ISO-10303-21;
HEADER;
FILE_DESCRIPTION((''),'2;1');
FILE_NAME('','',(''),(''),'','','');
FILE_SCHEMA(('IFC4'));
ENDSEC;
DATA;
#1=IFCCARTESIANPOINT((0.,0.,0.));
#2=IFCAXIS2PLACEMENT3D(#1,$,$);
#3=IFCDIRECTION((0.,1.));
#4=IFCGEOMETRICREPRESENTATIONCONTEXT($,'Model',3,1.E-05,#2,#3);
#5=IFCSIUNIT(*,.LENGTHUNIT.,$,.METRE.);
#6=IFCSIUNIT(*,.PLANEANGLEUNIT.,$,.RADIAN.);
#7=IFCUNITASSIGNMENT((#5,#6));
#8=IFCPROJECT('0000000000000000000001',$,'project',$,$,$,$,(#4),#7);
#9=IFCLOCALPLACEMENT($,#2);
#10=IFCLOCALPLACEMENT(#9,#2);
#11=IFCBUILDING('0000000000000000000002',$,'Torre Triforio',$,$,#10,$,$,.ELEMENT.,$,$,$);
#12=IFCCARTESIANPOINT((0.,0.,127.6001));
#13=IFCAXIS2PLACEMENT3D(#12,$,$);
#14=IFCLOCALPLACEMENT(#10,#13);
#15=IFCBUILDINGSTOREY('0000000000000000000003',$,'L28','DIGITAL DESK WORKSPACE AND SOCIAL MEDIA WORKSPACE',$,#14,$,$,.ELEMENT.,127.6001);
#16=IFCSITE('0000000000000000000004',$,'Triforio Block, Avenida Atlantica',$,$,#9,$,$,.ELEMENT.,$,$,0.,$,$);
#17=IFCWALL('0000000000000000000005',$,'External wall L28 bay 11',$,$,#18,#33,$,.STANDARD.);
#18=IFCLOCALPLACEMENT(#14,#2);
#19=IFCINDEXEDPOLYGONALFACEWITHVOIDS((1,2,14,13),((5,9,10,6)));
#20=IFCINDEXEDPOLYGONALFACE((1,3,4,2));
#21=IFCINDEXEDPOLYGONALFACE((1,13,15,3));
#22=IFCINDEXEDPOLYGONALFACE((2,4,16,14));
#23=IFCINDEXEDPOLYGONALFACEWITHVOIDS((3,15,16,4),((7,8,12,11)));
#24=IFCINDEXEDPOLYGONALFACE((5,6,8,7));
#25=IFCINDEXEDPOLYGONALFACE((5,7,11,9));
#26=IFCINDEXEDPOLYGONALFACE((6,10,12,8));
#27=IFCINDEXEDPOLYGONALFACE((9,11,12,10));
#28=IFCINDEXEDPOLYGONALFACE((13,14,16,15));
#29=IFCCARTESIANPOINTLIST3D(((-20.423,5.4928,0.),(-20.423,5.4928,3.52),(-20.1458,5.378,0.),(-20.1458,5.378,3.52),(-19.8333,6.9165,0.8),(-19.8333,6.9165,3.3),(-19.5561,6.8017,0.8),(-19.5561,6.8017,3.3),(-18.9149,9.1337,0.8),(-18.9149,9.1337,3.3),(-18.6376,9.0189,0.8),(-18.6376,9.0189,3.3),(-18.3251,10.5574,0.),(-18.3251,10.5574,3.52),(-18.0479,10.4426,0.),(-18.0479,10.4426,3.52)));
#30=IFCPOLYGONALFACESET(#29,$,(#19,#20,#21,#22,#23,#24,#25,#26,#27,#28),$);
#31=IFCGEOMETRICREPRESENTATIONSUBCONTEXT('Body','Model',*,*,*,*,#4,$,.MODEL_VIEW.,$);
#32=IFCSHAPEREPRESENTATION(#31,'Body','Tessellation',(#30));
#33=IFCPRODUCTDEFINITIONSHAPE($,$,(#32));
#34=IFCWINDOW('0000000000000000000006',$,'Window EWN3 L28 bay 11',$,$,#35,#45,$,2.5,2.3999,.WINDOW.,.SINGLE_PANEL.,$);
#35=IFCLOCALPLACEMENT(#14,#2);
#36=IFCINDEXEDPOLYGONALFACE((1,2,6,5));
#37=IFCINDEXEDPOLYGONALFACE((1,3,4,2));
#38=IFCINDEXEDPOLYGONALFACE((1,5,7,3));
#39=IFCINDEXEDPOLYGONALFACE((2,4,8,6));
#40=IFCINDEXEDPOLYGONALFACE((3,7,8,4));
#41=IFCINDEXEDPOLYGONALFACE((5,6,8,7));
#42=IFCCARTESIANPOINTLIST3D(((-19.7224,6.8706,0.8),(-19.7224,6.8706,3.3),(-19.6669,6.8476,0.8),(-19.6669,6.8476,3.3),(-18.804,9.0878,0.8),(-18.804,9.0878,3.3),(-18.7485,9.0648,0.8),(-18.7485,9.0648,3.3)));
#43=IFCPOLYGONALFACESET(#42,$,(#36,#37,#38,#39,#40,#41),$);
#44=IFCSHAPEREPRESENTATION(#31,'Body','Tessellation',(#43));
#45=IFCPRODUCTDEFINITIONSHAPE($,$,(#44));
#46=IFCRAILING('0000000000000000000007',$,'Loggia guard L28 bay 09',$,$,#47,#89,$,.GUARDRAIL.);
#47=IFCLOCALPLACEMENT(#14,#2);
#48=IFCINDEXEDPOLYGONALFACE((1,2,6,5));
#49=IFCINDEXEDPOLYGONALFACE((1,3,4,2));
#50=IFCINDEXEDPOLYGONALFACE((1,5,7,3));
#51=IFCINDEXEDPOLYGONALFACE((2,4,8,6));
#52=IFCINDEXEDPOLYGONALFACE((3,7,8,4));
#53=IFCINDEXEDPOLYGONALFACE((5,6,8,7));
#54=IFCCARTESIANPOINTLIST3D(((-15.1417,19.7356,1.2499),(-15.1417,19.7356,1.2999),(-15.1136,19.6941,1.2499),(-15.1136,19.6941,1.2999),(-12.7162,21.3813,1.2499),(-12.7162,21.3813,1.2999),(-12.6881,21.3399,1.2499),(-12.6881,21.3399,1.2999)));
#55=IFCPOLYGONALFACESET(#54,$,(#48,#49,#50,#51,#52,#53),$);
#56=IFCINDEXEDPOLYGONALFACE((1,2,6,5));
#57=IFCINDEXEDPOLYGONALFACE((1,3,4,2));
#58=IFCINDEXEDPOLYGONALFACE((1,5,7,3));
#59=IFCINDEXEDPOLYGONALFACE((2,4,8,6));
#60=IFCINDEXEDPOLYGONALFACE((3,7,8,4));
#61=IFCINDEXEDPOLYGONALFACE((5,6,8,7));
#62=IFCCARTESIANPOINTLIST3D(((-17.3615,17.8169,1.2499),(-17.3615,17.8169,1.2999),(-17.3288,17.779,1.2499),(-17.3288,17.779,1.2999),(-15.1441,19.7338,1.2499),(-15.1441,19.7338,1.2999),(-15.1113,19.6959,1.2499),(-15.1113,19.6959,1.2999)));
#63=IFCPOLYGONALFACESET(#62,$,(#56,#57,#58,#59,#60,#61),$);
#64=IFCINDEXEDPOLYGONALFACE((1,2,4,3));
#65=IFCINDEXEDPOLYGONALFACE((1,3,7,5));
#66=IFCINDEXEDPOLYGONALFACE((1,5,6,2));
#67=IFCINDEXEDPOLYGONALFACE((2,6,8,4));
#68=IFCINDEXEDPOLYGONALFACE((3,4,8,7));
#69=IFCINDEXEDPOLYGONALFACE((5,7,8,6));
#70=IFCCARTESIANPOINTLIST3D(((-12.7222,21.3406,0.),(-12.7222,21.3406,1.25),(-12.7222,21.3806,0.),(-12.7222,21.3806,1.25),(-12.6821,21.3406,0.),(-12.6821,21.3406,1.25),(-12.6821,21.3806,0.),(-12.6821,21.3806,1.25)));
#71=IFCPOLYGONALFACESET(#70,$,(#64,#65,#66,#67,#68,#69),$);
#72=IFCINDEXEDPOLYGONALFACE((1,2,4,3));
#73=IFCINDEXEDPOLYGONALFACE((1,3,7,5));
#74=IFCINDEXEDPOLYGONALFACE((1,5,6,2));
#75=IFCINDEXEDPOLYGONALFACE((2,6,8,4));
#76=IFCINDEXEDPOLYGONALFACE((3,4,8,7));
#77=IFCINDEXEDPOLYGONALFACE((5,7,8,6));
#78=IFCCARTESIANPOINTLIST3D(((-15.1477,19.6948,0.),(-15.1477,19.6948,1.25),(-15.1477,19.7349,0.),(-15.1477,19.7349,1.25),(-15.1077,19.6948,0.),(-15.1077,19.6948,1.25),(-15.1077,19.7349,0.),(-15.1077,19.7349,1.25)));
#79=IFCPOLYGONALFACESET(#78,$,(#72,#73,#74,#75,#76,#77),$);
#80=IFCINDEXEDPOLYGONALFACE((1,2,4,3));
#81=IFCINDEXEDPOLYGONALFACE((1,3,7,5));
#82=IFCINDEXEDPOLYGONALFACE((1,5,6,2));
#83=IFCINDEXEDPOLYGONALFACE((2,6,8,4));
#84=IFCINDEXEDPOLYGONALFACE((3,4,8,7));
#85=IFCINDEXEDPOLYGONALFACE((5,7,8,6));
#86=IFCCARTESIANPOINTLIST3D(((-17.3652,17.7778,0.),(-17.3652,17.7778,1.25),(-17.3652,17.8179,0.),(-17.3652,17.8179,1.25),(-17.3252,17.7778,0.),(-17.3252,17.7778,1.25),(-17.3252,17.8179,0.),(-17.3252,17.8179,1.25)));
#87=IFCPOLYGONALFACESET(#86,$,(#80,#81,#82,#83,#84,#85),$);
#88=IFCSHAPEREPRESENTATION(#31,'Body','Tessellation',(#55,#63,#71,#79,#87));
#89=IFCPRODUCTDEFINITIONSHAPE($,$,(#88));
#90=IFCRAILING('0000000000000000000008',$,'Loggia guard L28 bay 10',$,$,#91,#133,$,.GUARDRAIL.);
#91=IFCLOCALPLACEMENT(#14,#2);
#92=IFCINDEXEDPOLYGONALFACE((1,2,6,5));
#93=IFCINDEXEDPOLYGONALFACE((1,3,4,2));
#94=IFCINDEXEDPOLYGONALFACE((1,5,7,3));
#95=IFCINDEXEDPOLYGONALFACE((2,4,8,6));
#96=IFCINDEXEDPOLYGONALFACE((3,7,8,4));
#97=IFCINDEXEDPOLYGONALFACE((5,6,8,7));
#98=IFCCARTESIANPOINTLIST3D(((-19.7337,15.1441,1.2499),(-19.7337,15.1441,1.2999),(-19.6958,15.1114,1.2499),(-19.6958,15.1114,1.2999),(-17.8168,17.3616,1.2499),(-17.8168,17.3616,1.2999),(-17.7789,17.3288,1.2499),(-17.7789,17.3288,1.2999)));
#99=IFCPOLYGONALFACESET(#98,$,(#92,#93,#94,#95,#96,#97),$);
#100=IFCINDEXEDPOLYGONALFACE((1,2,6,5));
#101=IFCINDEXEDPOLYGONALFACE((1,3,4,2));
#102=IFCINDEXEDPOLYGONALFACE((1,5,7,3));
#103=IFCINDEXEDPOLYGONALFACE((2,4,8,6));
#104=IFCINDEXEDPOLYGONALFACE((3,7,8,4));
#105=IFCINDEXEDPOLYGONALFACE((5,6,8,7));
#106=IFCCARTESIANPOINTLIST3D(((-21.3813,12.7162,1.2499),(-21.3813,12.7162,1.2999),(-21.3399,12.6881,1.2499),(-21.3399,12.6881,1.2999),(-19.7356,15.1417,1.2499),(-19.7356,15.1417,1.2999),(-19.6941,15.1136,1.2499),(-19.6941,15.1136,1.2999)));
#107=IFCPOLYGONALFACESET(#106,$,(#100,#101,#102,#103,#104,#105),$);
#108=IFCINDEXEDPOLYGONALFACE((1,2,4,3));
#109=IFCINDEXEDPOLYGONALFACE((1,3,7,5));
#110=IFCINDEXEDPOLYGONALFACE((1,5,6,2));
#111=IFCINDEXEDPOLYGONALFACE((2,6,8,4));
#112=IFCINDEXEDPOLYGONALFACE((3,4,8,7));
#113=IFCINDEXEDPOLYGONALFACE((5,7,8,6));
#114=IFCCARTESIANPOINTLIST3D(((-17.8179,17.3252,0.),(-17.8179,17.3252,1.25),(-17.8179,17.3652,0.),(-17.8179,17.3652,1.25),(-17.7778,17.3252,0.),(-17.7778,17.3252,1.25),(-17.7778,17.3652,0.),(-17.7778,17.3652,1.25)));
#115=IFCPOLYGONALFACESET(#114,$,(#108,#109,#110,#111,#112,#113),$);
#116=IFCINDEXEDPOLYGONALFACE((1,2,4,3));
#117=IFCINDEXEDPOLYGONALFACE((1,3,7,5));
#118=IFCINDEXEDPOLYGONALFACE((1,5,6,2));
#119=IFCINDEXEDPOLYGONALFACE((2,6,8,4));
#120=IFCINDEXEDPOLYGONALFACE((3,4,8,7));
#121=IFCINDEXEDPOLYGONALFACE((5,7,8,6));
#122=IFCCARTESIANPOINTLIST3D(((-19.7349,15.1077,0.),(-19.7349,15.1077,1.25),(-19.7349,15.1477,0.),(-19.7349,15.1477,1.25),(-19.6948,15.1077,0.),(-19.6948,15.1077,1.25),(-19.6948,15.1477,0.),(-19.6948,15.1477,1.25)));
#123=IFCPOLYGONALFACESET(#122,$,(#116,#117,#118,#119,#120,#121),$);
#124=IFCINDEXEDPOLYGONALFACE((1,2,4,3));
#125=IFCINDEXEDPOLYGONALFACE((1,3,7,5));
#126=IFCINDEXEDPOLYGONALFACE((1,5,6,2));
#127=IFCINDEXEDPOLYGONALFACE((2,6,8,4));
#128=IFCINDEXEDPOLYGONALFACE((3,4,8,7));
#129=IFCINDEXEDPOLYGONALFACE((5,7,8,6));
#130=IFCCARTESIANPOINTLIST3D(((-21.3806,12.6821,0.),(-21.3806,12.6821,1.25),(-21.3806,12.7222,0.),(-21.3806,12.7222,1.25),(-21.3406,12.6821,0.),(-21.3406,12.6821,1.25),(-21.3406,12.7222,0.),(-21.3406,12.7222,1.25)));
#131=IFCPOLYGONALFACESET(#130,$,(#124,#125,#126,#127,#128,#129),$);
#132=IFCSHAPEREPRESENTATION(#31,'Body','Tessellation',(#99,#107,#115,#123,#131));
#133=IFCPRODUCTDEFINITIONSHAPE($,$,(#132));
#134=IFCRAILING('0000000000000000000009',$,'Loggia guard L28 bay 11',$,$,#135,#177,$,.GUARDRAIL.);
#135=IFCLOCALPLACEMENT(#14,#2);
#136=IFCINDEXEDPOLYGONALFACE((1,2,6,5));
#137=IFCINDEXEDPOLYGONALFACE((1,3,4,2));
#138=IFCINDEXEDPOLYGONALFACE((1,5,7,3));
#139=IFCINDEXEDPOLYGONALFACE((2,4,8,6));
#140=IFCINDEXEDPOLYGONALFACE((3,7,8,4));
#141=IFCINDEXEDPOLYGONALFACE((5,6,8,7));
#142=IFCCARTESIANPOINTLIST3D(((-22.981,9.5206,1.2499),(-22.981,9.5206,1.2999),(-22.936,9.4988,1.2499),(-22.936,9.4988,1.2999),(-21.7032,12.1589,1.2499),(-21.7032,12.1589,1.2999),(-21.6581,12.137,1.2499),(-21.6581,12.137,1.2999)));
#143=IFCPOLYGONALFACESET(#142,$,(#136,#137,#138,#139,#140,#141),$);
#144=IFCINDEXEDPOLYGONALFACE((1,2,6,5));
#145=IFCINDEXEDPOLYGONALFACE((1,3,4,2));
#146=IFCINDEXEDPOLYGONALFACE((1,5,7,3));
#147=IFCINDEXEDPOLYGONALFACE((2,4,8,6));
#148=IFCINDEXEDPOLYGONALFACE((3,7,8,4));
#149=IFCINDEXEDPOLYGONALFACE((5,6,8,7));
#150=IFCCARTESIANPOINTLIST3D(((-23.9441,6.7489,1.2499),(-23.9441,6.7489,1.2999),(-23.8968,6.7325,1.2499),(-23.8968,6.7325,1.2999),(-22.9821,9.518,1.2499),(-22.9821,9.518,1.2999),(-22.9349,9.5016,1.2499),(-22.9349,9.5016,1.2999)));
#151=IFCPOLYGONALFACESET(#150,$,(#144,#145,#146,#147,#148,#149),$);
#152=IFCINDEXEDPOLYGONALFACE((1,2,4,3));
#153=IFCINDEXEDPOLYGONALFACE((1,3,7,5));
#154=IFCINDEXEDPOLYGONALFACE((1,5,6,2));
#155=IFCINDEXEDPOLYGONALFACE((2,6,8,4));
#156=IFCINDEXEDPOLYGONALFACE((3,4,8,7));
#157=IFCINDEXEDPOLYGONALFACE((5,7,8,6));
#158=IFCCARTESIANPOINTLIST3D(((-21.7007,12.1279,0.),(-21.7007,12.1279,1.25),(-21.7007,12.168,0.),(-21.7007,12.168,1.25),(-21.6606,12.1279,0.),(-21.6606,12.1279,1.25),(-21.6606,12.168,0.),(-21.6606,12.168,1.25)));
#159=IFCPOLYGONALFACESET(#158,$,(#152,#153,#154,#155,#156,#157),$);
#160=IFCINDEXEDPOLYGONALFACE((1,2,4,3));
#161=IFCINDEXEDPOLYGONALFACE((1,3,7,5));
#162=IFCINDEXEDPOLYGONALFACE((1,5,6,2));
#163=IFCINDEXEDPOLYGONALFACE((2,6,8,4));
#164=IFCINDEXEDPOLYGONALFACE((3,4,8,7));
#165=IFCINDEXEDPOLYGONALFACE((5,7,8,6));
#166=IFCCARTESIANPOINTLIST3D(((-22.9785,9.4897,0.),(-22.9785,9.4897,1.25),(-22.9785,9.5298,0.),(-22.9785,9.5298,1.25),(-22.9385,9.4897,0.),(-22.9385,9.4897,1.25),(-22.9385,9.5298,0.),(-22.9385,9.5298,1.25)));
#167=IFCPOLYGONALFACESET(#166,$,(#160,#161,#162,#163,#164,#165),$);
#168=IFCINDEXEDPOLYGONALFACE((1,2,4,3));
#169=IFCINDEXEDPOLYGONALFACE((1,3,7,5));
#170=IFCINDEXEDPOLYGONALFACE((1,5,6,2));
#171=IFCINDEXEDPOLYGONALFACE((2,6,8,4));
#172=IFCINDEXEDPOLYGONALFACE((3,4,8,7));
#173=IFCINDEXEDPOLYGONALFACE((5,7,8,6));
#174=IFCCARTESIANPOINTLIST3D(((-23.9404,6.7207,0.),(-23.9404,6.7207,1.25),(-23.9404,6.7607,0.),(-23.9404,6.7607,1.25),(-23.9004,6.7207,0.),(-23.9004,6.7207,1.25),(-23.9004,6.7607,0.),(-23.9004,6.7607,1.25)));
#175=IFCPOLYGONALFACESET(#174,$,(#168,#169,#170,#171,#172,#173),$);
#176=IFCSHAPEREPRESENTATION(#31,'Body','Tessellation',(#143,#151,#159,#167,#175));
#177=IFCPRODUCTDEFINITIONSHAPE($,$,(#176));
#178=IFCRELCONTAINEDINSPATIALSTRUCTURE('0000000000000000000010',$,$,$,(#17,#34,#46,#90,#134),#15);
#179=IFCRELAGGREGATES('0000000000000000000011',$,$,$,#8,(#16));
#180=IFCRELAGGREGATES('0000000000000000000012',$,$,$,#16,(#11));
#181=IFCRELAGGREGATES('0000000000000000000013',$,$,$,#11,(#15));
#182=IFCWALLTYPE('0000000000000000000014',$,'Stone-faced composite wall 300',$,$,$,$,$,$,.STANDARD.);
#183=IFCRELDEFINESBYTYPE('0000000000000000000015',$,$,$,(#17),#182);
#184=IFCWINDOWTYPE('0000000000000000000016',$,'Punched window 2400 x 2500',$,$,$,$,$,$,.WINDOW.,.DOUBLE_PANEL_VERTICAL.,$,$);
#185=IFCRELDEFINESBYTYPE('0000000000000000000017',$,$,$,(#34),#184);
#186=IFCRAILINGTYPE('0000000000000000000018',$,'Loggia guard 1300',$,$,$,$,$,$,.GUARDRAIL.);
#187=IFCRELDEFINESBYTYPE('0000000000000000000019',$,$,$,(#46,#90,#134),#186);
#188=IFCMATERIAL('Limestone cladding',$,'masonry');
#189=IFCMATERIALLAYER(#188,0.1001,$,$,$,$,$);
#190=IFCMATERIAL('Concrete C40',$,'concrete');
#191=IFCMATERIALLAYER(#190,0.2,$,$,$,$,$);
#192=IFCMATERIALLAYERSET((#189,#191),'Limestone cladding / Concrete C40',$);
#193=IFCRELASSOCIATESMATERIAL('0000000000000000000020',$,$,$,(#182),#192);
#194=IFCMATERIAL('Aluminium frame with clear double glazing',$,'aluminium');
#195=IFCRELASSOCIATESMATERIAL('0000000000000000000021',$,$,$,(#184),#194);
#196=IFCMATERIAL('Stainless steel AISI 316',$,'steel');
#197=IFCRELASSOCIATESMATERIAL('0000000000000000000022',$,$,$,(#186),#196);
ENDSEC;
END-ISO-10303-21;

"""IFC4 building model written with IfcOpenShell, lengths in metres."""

from ifc_helpers import new_model, si_unit, direction, frame, frame_2d, origin, origin_2d, place, context, subcontext, project, spatial, rectangle, extrude, material, layer, layer_set, type_object, element, fill, save


model = new_model("IFC4")

# Units and contexts
model_context = context("Model", 3, precision=1e-05, world=origin(), true_north=direction((0.0, 1.0)))
body_context = subcontext(model_context, "Body", "Model", "MODEL_VIEW")
ifc_project = project(units=[si_unit("LENGTHUNIT", "METRE"), si_unit("PLANEANGLEUNIT", "RADIAN")], contexts=[model_context])

# Site, building, storey
site_placement = place(None, origin())
site = spatial("IfcSite", under=ifc_project, at=site_placement, Name="Triforio Block, Avenida Atlantica", CompositionType="ELEMENT", RefElevation=0.0)
building_placement = place(site_placement, origin())
building = spatial("IfcBuilding", under=site, at=building_placement, Name="Torre Triforio", CompositionType="ELEMENT")
storey_placement = place(building_placement, frame((0.0, 0.0, 127.6001)))
storey = spatial("IfcBuildingStorey", under=building, at=storey_placement, Name="L28", Description="DIGITAL DESK WORKSPACE AND SOCIAL MEDIA WORKSPACE", CompositionType="ELEMENT", Elevation=127.6001)

# Shared definitions
ifc_material_1 = material(Name="Limestone cladding", Category="masonry")
ifc_material_2 = material(Name="Concrete C40", Category="concrete")

# Shared definitions
ifc_layer_1 = layer(ifc_material_1, 0.1001)
ifc_layer_2 = layer(ifc_material_2, 0.2)
ifc_layer_set_1 = layer_set([ifc_layer_1, ifc_layer_2], Name="Limestone cladding / Concrete C40")
wall_type_1 = type_object("IfcWallType", Name="Stone-faced composite wall 300", PredefinedType="STANDARD", material=ifc_layer_set_1)
ifc_material_3 = material(Name="Aluminium frame with clear double glazing", Category="aluminium")
window_type_1 = type_object("IfcWindowType", Name="Punched window 2400 x 2500", PartitioningType="DOUBLE_PANEL_VERTICAL", PredefinedType="WINDOW", material=ifc_material_3)

# Wall, opening, window
wall_1_placement = place(storey_placement, frame((-18.1865, 10.5, 0.0), z_axis=(0.0, 0.0, 1.0), x_axis=(-0.382689, -0.923877, 0.0)))
wall_1 = element("IfcWall", 1, at=wall_1_placement, inside=storey, type_object=wall_type_1, Name="External wall L28 bay 11", PredefinedType="STANDARD", context=body_context, shape_type="SweptSolid", body=[
    extrude(rectangle(XDim=5.4819, YDim=0.3, at=frame_2d((2.741, 0.0))), origin(), (0.0, 0.0, 1.0), 3.52),
])
opening_1_placement = place(wall_1_placement, frame((1.541, 0.0, 0.8)))
opening_1 = element("IfcOpeningElement", 2, at=opening_1_placement, cuts=wall_1, PredefinedType="OPENING", context=body_context, shape_type="SweptSolid", body=[
    extrude(rectangle(XDim=2.3999, YDim=2.5, at=frame_2d((1.2, 1.25))), frame((0.0, 0.1599, 0.0), z_axis=(0.0, -1.0, 0.0), x_axis=(1.0, 0.0, 0.0)), (0.0, 0.0, 1.0), 0.3201),
])
window_1_placement = place(opening_1_placement, origin())
window_1 = element("IfcWindow", 3, at=window_1_placement, inside=storey, type_object=window_type_1, Name="Window EWN3 L28 bay 11", OverallHeight=2.5, OverallWidth=2.3999, PartitioningType="SINGLE_PANEL", PredefinedType="WINDOW", context=body_context, shape_type="SweptSolid", body=[
    extrude(rectangle(XDim=2.3999, YDim=2.5, at=frame_2d((1.2, 1.25))), frame((0.0, 0.03, 0.0), z_axis=(0.0, -1.0, 0.0), x_axis=(1.0, 0.0, 0.0)), (0.0, 0.0, 1.0), 0.0601),
])
fill(opening_1, window_1)

# Railings
ifc_material_4 = material(Name="Stainless steel AISI 316", Category="steel")
railing_type = type_object("IfcRailingType", Name="Loggia guard 1300", PredefinedType="GUARDRAIL", material=ifc_material_4)
railing_1_placement = place(storey_placement, frame((-12.7021, 21.3606, 0.0)))
element("IfcRailing", 4, at=railing_1_placement, inside=storey, type_object=railing_type, Name="Loggia guard L28 bay 09", PredefinedType="GUARDRAIL", context=body_context, shape_type="SweptSolid", body=[
    extrude(rectangle(XDim=0.05, YDim=0.05, at=origin_2d()), frame((0.0, 0.0, 1.2749), z_axis=(-0.827499, -0.561467, 0.0), x_axis=(0.561467, -0.827499, 0.0)), (0.0, 0.0, 1.0), 2.9312),
    extrude(rectangle(XDim=0.05, YDim=0.05, at=origin_2d()), frame((-2.4255, -1.6458, 1.2749), z_axis=(-0.75651, -0.653982, 0.0), x_axis=(0.653982, -0.75651, 0.0)), (0.0, 0.0, 1.0), 2.9312),
    extrude(rectangle(XDim=0.04, YDim=0.04, at=origin_2d()), origin(), (0.0, 0.0, 1.0), 1.25),
    extrude(rectangle(XDim=0.04, YDim=0.04, at=origin_2d()), frame((-2.4255, -1.6458, 0.0)), (0.0, 0.0, 1.0), 1.25),
    extrude(rectangle(XDim=0.04, YDim=0.04, at=origin_2d()), frame((-4.6431, -3.5627, 0.0)), (0.0, 0.0, 1.0), 1.25),
])
railing_2_placement = place(storey_placement, frame((-17.7979, 17.3452, 0.0)))
element("IfcRailing", 5, at=railing_2_placement, inside=storey, type_object=railing_type, Name="Loggia guard L28 bay 10", PredefinedType="GUARDRAIL", context=body_context, shape_type="SweptSolid", body=[
    extrude(rectangle(XDim=0.05, YDim=0.05, at=origin_2d()), frame((0.0, 0.0, 1.2749), z_axis=(-0.653982, -0.75651, 0.0), x_axis=(0.75651, -0.653982, 0.0)), (0.0, 0.0, 1.0), 2.9312),
    extrude(rectangle(XDim=0.05, YDim=0.05, at=origin_2d()), frame((-1.917, -2.2175, 1.2749), z_axis=(-0.561467, -0.827499, 0.0), x_axis=(0.827499, -0.561467, 0.0)), (0.0, 0.0, 1.0), 2.9312),
    extrude(rectangle(XDim=0.04, YDim=0.04, at=origin_2d()), origin(), (0.0, 0.0, 1.0), 1.25),
    extrude(rectangle(XDim=0.04, YDim=0.04, at=origin_2d()), frame((-1.917, -2.2175, 0.0)), (0.0, 0.0, 1.0), 1.25),
    extrude(rectangle(XDim=0.04, YDim=0.04, at=origin_2d()), frame((-3.5627, -4.6431, 0.0)), (0.0, 0.0, 1.0), 1.25),
])
railing_3_placement = place(storey_placement, frame((-21.6807, 12.1479, 0.0)))
element("IfcRailing", 6, at=railing_3_placement, inside=storey, type_object=railing_type, Name="Loggia guard L28 bay 11", PredefinedType="GUARDRAIL", context=body_context, shape_type="SweptSolid", body=[
    extrude(rectangle(XDim=0.05, YDim=0.05, at=origin_2d()), frame((0.0, 0.0, 1.2749), z_axis=(-0.435918, -0.899986, 0.0), x_axis=(0.899986, -0.435918, 0.0)), (0.0, 0.0, 1.0), 2.9314),
    extrude(rectangle(XDim=0.05, YDim=0.05, at=origin_2d()), frame((-1.2778, -2.6382, 1.2749), z_axis=(-0.328146, -0.944627, 0.0), x_axis=(0.944627, -0.328146, 0.0)), (0.0, 0.0, 1.0), 2.9314),
    extrude(rectangle(XDim=0.04, YDim=0.04, at=origin_2d()), origin(), (0.0, 0.0, 1.0), 1.25),
    extrude(rectangle(XDim=0.04, YDim=0.04, at=origin_2d()), frame((-1.2778, -2.6382, 0.0)), (0.0, 0.0, 1.0), 1.25),
    extrude(rectangle(XDim=0.04, YDim=0.04, at=origin_2d()), frame((-2.2397, -5.4072, 0.0)), (0.0, 0.0, 1.0), 1.25),
])

save(model, "model.ifc")
